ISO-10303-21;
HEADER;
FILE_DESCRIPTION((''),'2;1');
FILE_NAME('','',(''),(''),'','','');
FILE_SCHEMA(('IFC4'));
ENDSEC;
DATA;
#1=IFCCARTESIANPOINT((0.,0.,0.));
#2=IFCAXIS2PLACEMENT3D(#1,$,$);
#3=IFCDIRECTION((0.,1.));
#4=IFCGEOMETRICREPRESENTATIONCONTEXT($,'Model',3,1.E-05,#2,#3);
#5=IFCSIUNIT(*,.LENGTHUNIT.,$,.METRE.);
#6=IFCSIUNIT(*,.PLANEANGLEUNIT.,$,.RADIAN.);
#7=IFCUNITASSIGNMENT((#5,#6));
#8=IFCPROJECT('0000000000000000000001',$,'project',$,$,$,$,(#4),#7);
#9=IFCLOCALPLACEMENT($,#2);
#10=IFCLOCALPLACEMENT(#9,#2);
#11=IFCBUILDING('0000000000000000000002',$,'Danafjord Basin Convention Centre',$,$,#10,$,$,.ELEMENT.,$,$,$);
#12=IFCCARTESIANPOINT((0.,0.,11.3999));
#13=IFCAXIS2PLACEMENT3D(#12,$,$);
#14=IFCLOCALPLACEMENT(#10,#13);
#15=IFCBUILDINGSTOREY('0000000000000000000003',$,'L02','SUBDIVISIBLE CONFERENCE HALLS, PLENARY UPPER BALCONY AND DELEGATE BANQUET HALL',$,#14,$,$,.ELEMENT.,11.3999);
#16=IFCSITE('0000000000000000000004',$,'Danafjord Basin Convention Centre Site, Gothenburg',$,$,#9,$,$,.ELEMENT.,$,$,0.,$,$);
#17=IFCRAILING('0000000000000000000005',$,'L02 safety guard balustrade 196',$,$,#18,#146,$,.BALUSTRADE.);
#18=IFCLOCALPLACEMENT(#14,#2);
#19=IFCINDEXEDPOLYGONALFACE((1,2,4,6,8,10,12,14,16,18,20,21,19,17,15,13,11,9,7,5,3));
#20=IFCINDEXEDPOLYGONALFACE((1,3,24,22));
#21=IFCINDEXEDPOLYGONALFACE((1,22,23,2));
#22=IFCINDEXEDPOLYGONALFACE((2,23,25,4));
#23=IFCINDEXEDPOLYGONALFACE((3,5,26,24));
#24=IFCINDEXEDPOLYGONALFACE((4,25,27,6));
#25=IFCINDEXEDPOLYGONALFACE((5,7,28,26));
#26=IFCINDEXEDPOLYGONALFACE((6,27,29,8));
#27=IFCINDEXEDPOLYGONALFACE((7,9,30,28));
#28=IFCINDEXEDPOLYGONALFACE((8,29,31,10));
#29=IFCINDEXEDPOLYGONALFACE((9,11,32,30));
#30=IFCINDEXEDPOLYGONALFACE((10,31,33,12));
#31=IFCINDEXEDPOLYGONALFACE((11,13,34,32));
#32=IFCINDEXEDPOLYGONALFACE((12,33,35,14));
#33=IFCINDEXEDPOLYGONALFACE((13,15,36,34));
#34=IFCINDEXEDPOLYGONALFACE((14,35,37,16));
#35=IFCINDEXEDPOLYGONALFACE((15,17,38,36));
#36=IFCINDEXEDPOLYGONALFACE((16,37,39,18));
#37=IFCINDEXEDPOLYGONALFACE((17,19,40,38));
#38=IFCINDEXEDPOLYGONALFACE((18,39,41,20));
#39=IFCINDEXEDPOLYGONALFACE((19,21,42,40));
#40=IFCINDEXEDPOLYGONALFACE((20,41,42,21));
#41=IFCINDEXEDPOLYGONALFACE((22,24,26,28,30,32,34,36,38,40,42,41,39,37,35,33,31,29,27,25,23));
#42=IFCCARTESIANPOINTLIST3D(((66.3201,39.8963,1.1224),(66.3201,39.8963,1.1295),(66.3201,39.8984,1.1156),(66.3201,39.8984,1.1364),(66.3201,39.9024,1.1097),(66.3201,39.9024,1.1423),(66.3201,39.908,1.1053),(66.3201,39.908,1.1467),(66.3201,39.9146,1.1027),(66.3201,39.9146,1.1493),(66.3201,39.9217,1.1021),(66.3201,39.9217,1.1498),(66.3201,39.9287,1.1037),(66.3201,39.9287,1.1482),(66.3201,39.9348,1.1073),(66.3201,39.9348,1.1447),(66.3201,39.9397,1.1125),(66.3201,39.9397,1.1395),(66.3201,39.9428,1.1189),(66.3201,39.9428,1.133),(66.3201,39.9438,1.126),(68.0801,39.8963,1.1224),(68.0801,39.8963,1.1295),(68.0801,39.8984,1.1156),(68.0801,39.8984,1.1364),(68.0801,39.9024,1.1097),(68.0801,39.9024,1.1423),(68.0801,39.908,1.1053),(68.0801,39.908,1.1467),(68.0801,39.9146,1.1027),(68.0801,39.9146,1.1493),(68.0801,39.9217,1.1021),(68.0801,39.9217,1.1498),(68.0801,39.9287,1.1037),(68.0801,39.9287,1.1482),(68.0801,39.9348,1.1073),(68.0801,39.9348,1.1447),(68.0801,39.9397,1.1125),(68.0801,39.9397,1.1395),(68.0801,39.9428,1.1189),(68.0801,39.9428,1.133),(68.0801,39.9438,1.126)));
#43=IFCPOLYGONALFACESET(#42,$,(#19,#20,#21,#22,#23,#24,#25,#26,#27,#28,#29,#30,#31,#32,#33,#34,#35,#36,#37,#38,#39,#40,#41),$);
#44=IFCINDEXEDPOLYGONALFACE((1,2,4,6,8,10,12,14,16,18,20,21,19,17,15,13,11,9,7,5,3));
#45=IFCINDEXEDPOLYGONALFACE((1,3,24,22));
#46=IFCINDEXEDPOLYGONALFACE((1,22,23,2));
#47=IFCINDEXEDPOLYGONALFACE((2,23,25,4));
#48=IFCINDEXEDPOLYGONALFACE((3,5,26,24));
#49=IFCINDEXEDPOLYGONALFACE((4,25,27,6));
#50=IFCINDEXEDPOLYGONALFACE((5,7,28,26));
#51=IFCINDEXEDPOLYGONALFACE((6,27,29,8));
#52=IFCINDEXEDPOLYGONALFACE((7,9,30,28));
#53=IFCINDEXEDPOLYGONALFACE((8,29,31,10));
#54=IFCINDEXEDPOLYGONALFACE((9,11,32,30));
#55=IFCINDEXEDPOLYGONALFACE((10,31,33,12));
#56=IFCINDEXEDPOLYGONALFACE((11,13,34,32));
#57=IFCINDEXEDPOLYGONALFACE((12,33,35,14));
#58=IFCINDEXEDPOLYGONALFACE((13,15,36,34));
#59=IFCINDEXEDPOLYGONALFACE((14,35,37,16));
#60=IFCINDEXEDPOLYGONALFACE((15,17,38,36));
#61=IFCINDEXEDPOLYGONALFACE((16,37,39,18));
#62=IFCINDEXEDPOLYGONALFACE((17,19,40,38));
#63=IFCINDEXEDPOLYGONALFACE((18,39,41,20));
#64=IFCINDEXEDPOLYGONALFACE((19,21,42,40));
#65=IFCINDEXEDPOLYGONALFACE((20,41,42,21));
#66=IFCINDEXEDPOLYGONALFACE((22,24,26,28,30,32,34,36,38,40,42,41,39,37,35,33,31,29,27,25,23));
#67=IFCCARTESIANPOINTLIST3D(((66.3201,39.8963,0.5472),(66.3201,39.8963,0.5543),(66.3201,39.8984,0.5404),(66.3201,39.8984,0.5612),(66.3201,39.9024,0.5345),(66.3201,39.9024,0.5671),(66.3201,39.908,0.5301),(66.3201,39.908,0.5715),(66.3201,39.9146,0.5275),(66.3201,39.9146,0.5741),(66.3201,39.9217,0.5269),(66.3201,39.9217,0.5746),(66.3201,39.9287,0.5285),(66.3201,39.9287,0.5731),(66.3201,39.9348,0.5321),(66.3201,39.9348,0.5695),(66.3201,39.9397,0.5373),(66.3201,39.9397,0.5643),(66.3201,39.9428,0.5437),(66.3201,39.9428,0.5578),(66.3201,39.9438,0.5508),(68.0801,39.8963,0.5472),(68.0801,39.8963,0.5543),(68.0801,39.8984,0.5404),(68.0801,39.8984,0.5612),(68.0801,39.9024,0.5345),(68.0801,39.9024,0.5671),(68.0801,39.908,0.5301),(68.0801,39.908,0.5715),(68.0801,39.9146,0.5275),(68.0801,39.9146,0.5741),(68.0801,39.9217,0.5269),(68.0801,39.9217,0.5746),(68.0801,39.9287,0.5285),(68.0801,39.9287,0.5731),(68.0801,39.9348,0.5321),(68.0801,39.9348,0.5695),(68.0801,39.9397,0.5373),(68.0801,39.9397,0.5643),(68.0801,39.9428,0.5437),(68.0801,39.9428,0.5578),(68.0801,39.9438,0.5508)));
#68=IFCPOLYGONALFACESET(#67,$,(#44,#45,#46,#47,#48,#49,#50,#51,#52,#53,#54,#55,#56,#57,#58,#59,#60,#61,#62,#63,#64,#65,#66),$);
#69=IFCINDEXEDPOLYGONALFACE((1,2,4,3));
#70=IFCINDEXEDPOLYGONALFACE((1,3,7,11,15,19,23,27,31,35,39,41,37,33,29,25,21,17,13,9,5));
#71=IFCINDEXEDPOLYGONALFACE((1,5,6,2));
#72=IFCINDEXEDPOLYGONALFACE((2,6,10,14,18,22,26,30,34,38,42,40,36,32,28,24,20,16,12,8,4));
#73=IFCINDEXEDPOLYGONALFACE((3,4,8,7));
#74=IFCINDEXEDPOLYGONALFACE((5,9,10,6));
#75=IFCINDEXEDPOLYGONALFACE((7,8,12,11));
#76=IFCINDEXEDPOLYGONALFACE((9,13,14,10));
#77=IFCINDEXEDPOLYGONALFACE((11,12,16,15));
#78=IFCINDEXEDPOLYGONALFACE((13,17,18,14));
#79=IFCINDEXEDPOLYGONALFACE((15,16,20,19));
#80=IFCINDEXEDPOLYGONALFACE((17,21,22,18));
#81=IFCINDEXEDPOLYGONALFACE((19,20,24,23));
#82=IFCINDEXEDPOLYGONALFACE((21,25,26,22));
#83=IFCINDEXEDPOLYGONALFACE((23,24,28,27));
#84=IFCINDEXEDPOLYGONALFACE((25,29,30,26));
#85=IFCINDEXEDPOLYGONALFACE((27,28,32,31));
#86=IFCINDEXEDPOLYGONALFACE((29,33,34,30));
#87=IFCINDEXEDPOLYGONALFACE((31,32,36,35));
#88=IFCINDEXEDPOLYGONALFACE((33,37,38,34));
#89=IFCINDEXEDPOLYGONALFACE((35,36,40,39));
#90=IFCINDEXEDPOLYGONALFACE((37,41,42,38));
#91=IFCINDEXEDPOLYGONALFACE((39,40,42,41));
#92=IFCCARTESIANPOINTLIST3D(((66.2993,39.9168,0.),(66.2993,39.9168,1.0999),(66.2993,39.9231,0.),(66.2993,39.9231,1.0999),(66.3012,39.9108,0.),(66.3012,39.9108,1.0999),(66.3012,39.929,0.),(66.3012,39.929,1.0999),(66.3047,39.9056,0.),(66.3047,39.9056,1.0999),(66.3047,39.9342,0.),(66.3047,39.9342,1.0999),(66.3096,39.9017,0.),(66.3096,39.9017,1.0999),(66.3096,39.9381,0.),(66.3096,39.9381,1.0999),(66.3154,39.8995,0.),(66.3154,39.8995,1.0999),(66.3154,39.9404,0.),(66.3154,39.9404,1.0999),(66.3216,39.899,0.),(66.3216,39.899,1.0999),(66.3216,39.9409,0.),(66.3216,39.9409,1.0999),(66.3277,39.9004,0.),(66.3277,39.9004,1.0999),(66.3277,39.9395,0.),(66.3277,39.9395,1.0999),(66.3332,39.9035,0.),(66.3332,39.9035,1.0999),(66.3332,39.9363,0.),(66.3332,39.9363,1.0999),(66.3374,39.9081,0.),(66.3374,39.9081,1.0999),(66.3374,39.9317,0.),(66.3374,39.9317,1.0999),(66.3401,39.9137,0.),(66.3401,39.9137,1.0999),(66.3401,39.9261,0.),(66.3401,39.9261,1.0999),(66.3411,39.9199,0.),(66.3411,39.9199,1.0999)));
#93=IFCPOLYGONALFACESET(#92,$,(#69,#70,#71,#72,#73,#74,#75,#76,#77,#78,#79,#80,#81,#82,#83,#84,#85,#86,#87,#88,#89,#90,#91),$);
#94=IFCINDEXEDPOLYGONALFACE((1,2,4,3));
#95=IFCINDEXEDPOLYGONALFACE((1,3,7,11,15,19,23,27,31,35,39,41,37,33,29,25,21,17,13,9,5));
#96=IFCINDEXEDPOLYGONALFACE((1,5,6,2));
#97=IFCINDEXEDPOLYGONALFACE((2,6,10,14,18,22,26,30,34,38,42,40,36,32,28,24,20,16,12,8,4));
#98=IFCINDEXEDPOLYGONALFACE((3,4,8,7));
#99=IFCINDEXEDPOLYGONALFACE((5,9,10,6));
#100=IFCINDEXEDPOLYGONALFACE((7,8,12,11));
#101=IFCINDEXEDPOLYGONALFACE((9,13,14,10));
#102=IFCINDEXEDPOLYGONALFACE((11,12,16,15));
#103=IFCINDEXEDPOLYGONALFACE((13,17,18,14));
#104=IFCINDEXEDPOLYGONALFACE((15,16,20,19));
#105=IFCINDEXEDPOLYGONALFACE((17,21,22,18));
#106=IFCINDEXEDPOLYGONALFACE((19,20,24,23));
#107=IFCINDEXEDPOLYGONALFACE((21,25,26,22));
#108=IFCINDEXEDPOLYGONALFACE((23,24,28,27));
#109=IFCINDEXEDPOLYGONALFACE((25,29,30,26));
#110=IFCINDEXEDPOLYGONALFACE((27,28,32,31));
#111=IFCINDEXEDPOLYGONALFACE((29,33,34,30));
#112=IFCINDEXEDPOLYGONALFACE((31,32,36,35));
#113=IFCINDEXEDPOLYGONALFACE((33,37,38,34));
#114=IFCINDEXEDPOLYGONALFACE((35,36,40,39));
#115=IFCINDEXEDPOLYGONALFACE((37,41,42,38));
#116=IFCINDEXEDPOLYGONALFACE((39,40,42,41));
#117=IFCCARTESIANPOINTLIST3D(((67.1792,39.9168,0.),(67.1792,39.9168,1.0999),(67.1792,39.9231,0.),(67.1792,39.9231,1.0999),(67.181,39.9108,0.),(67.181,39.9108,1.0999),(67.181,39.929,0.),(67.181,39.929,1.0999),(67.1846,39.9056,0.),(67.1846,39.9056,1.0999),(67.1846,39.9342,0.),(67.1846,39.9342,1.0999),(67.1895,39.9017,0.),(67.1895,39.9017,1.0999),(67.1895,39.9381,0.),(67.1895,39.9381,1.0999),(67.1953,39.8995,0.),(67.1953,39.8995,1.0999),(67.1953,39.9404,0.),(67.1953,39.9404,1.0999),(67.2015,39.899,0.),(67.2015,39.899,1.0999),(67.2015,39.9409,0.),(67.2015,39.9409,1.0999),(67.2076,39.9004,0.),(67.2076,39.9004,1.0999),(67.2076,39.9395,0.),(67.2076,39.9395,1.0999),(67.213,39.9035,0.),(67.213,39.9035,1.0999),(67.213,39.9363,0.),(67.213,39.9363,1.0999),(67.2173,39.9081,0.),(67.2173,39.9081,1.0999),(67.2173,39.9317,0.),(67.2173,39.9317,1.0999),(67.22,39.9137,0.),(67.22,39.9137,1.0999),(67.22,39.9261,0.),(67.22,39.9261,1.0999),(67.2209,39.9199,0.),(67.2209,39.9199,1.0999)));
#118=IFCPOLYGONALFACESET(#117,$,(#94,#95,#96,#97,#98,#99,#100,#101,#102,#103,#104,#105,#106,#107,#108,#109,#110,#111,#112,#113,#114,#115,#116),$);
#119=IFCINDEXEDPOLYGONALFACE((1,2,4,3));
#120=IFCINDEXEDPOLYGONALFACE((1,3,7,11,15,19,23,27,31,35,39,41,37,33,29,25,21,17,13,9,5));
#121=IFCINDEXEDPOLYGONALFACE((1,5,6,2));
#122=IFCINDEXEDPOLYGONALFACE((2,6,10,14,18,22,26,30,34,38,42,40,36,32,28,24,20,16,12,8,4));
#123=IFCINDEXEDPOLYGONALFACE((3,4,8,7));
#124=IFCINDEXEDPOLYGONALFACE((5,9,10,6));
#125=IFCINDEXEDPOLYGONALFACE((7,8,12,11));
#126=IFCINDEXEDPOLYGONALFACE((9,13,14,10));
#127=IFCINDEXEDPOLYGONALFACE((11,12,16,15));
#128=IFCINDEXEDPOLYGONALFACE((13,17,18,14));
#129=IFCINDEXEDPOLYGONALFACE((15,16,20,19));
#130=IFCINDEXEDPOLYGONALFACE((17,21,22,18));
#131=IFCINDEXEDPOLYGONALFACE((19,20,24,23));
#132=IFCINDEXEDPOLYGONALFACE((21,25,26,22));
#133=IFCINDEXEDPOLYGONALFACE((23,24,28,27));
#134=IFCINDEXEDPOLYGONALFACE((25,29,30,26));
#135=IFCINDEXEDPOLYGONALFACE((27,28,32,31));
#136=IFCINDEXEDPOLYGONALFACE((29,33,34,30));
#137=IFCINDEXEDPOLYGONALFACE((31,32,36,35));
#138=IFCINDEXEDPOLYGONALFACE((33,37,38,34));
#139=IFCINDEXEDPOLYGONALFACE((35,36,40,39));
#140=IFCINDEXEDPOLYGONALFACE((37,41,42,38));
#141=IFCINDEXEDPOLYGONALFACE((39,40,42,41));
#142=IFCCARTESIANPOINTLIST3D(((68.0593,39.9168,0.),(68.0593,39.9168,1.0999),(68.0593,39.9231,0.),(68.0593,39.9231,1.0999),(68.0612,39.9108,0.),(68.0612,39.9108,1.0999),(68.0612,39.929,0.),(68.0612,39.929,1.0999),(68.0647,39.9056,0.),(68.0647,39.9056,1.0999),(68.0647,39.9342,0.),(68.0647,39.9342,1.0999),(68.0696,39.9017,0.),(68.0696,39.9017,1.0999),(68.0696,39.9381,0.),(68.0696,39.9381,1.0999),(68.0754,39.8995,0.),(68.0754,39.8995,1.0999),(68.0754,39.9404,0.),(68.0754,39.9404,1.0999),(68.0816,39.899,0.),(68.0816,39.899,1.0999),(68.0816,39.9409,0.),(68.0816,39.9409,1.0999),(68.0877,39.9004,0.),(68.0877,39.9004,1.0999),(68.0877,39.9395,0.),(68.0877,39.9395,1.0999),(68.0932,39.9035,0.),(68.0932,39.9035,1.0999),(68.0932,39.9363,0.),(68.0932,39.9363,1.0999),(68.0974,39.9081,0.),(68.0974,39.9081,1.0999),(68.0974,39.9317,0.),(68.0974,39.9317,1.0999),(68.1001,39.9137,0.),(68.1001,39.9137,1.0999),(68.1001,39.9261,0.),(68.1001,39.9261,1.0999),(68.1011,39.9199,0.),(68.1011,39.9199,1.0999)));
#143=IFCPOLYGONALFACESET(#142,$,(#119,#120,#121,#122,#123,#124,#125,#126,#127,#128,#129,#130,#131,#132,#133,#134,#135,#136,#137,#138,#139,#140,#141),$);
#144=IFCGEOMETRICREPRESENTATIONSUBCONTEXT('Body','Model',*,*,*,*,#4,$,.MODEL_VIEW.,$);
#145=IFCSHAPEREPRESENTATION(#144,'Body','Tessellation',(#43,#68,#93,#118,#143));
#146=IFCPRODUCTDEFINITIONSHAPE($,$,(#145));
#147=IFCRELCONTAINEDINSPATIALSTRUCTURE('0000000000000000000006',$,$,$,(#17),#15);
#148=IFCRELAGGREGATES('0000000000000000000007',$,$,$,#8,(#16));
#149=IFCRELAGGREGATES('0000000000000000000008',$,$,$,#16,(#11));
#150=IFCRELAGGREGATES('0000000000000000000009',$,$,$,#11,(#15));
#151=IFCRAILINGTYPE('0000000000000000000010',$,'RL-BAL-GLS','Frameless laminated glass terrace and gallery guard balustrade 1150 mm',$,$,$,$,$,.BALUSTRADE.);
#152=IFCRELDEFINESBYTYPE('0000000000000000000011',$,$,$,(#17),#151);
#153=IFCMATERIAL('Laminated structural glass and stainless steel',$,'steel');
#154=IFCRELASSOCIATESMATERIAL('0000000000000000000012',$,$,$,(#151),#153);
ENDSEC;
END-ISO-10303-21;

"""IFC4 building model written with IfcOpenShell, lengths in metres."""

from ifc_helpers import new_model, si_unit, direction, frame, origin, origin_2d, place, context, subcontext, project, spatial, circle, extrude, material, type_object, element, save


model = new_model("IFC4")

# Units and contexts
model_context = context("Model", 3, precision=1e-05, world=origin(), true_north=direction((0.0, 1.0)))
body_context = subcontext(model_context, "Body", "Model", "MODEL_VIEW")
ifc_project = project(units=[si_unit("LENGTHUNIT", "METRE"), si_unit("PLANEANGLEUNIT", "RADIAN")], contexts=[model_context])

# Site, building, storey
site_placement = place(None, origin())
site = spatial("IfcSite", under=ifc_project, at=site_placement, Name="Danafjord Basin Convention Centre Site, Gothenburg", CompositionType="ELEMENT", RefElevation=0.0)
building_placement = place(site_placement, origin())
building = spatial("IfcBuilding", under=site, at=building_placement, Name="Danafjord Basin Convention Centre", CompositionType="ELEMENT")
storey_placement = place(building_placement, frame((0.0, 0.0, 11.3999)))
storey = spatial("IfcBuildingStorey", under=building, at=storey_placement, Name="L02", Description="SUBDIVISIBLE CONFERENCE HALLS, PLENARY UPPER BALCONY AND DELEGATE BANQUET HALL", CompositionType="ELEMENT", Elevation=11.3999)

# Railing
ifc_material_1 = material(Name="Laminated structural glass and stainless steel", Category="steel")
railing_type = type_object("IfcRailingType", Name="RL-BAL-GLS", Description="Frameless laminated glass terrace and gallery guard balustrade 1150 mm", PredefinedType="BALUSTRADE", material=ifc_material_1)
for number, where, name in (
    (1, (66.3201, 39.9199, 0.0), "L02 safety guard balustrade 196"),
):
    element("IfcRailing", number, at=place(storey_placement, frame(where)), inside=storey, type_object=railing_type, Name=name, PredefinedType="BALUSTRADE", context=body_context, shape_type="SweptSolid", body=[
        extrude(circle(Radius=0.0239, at=origin_2d()), frame((0.0, 0.0, 1.126), z_axis=(1.0, 0.0, 0.0), x_axis=(0.0, 1.0, 0.0)), (0.0, 0.0, 1.0), 1.76),
        extrude(circle(Radius=0.0239, at=origin_2d()), frame((0.0, 0.0, 0.5508), z_axis=(1.0, 0.0, 0.0), x_axis=(0.0, 1.0, 0.0)), (0.0, 0.0, 1.0), 1.76),
        extrude(circle(Radius=0.021, at=origin_2d()), origin(), (0.0, 0.0, 1.0), 1.0999),
        extrude(circle(Radius=0.021, at=origin_2d()), frame((0.8799, 0.0, 0.0)), (0.0, 0.0, 1.0), 1.0999),
        extrude(circle(Radius=0.021, at=origin_2d()), frame((1.76, 0.0, 0.0)), (0.0, 0.0, 1.0), 1.0999),
    ])

save(model, "model.ifc")
